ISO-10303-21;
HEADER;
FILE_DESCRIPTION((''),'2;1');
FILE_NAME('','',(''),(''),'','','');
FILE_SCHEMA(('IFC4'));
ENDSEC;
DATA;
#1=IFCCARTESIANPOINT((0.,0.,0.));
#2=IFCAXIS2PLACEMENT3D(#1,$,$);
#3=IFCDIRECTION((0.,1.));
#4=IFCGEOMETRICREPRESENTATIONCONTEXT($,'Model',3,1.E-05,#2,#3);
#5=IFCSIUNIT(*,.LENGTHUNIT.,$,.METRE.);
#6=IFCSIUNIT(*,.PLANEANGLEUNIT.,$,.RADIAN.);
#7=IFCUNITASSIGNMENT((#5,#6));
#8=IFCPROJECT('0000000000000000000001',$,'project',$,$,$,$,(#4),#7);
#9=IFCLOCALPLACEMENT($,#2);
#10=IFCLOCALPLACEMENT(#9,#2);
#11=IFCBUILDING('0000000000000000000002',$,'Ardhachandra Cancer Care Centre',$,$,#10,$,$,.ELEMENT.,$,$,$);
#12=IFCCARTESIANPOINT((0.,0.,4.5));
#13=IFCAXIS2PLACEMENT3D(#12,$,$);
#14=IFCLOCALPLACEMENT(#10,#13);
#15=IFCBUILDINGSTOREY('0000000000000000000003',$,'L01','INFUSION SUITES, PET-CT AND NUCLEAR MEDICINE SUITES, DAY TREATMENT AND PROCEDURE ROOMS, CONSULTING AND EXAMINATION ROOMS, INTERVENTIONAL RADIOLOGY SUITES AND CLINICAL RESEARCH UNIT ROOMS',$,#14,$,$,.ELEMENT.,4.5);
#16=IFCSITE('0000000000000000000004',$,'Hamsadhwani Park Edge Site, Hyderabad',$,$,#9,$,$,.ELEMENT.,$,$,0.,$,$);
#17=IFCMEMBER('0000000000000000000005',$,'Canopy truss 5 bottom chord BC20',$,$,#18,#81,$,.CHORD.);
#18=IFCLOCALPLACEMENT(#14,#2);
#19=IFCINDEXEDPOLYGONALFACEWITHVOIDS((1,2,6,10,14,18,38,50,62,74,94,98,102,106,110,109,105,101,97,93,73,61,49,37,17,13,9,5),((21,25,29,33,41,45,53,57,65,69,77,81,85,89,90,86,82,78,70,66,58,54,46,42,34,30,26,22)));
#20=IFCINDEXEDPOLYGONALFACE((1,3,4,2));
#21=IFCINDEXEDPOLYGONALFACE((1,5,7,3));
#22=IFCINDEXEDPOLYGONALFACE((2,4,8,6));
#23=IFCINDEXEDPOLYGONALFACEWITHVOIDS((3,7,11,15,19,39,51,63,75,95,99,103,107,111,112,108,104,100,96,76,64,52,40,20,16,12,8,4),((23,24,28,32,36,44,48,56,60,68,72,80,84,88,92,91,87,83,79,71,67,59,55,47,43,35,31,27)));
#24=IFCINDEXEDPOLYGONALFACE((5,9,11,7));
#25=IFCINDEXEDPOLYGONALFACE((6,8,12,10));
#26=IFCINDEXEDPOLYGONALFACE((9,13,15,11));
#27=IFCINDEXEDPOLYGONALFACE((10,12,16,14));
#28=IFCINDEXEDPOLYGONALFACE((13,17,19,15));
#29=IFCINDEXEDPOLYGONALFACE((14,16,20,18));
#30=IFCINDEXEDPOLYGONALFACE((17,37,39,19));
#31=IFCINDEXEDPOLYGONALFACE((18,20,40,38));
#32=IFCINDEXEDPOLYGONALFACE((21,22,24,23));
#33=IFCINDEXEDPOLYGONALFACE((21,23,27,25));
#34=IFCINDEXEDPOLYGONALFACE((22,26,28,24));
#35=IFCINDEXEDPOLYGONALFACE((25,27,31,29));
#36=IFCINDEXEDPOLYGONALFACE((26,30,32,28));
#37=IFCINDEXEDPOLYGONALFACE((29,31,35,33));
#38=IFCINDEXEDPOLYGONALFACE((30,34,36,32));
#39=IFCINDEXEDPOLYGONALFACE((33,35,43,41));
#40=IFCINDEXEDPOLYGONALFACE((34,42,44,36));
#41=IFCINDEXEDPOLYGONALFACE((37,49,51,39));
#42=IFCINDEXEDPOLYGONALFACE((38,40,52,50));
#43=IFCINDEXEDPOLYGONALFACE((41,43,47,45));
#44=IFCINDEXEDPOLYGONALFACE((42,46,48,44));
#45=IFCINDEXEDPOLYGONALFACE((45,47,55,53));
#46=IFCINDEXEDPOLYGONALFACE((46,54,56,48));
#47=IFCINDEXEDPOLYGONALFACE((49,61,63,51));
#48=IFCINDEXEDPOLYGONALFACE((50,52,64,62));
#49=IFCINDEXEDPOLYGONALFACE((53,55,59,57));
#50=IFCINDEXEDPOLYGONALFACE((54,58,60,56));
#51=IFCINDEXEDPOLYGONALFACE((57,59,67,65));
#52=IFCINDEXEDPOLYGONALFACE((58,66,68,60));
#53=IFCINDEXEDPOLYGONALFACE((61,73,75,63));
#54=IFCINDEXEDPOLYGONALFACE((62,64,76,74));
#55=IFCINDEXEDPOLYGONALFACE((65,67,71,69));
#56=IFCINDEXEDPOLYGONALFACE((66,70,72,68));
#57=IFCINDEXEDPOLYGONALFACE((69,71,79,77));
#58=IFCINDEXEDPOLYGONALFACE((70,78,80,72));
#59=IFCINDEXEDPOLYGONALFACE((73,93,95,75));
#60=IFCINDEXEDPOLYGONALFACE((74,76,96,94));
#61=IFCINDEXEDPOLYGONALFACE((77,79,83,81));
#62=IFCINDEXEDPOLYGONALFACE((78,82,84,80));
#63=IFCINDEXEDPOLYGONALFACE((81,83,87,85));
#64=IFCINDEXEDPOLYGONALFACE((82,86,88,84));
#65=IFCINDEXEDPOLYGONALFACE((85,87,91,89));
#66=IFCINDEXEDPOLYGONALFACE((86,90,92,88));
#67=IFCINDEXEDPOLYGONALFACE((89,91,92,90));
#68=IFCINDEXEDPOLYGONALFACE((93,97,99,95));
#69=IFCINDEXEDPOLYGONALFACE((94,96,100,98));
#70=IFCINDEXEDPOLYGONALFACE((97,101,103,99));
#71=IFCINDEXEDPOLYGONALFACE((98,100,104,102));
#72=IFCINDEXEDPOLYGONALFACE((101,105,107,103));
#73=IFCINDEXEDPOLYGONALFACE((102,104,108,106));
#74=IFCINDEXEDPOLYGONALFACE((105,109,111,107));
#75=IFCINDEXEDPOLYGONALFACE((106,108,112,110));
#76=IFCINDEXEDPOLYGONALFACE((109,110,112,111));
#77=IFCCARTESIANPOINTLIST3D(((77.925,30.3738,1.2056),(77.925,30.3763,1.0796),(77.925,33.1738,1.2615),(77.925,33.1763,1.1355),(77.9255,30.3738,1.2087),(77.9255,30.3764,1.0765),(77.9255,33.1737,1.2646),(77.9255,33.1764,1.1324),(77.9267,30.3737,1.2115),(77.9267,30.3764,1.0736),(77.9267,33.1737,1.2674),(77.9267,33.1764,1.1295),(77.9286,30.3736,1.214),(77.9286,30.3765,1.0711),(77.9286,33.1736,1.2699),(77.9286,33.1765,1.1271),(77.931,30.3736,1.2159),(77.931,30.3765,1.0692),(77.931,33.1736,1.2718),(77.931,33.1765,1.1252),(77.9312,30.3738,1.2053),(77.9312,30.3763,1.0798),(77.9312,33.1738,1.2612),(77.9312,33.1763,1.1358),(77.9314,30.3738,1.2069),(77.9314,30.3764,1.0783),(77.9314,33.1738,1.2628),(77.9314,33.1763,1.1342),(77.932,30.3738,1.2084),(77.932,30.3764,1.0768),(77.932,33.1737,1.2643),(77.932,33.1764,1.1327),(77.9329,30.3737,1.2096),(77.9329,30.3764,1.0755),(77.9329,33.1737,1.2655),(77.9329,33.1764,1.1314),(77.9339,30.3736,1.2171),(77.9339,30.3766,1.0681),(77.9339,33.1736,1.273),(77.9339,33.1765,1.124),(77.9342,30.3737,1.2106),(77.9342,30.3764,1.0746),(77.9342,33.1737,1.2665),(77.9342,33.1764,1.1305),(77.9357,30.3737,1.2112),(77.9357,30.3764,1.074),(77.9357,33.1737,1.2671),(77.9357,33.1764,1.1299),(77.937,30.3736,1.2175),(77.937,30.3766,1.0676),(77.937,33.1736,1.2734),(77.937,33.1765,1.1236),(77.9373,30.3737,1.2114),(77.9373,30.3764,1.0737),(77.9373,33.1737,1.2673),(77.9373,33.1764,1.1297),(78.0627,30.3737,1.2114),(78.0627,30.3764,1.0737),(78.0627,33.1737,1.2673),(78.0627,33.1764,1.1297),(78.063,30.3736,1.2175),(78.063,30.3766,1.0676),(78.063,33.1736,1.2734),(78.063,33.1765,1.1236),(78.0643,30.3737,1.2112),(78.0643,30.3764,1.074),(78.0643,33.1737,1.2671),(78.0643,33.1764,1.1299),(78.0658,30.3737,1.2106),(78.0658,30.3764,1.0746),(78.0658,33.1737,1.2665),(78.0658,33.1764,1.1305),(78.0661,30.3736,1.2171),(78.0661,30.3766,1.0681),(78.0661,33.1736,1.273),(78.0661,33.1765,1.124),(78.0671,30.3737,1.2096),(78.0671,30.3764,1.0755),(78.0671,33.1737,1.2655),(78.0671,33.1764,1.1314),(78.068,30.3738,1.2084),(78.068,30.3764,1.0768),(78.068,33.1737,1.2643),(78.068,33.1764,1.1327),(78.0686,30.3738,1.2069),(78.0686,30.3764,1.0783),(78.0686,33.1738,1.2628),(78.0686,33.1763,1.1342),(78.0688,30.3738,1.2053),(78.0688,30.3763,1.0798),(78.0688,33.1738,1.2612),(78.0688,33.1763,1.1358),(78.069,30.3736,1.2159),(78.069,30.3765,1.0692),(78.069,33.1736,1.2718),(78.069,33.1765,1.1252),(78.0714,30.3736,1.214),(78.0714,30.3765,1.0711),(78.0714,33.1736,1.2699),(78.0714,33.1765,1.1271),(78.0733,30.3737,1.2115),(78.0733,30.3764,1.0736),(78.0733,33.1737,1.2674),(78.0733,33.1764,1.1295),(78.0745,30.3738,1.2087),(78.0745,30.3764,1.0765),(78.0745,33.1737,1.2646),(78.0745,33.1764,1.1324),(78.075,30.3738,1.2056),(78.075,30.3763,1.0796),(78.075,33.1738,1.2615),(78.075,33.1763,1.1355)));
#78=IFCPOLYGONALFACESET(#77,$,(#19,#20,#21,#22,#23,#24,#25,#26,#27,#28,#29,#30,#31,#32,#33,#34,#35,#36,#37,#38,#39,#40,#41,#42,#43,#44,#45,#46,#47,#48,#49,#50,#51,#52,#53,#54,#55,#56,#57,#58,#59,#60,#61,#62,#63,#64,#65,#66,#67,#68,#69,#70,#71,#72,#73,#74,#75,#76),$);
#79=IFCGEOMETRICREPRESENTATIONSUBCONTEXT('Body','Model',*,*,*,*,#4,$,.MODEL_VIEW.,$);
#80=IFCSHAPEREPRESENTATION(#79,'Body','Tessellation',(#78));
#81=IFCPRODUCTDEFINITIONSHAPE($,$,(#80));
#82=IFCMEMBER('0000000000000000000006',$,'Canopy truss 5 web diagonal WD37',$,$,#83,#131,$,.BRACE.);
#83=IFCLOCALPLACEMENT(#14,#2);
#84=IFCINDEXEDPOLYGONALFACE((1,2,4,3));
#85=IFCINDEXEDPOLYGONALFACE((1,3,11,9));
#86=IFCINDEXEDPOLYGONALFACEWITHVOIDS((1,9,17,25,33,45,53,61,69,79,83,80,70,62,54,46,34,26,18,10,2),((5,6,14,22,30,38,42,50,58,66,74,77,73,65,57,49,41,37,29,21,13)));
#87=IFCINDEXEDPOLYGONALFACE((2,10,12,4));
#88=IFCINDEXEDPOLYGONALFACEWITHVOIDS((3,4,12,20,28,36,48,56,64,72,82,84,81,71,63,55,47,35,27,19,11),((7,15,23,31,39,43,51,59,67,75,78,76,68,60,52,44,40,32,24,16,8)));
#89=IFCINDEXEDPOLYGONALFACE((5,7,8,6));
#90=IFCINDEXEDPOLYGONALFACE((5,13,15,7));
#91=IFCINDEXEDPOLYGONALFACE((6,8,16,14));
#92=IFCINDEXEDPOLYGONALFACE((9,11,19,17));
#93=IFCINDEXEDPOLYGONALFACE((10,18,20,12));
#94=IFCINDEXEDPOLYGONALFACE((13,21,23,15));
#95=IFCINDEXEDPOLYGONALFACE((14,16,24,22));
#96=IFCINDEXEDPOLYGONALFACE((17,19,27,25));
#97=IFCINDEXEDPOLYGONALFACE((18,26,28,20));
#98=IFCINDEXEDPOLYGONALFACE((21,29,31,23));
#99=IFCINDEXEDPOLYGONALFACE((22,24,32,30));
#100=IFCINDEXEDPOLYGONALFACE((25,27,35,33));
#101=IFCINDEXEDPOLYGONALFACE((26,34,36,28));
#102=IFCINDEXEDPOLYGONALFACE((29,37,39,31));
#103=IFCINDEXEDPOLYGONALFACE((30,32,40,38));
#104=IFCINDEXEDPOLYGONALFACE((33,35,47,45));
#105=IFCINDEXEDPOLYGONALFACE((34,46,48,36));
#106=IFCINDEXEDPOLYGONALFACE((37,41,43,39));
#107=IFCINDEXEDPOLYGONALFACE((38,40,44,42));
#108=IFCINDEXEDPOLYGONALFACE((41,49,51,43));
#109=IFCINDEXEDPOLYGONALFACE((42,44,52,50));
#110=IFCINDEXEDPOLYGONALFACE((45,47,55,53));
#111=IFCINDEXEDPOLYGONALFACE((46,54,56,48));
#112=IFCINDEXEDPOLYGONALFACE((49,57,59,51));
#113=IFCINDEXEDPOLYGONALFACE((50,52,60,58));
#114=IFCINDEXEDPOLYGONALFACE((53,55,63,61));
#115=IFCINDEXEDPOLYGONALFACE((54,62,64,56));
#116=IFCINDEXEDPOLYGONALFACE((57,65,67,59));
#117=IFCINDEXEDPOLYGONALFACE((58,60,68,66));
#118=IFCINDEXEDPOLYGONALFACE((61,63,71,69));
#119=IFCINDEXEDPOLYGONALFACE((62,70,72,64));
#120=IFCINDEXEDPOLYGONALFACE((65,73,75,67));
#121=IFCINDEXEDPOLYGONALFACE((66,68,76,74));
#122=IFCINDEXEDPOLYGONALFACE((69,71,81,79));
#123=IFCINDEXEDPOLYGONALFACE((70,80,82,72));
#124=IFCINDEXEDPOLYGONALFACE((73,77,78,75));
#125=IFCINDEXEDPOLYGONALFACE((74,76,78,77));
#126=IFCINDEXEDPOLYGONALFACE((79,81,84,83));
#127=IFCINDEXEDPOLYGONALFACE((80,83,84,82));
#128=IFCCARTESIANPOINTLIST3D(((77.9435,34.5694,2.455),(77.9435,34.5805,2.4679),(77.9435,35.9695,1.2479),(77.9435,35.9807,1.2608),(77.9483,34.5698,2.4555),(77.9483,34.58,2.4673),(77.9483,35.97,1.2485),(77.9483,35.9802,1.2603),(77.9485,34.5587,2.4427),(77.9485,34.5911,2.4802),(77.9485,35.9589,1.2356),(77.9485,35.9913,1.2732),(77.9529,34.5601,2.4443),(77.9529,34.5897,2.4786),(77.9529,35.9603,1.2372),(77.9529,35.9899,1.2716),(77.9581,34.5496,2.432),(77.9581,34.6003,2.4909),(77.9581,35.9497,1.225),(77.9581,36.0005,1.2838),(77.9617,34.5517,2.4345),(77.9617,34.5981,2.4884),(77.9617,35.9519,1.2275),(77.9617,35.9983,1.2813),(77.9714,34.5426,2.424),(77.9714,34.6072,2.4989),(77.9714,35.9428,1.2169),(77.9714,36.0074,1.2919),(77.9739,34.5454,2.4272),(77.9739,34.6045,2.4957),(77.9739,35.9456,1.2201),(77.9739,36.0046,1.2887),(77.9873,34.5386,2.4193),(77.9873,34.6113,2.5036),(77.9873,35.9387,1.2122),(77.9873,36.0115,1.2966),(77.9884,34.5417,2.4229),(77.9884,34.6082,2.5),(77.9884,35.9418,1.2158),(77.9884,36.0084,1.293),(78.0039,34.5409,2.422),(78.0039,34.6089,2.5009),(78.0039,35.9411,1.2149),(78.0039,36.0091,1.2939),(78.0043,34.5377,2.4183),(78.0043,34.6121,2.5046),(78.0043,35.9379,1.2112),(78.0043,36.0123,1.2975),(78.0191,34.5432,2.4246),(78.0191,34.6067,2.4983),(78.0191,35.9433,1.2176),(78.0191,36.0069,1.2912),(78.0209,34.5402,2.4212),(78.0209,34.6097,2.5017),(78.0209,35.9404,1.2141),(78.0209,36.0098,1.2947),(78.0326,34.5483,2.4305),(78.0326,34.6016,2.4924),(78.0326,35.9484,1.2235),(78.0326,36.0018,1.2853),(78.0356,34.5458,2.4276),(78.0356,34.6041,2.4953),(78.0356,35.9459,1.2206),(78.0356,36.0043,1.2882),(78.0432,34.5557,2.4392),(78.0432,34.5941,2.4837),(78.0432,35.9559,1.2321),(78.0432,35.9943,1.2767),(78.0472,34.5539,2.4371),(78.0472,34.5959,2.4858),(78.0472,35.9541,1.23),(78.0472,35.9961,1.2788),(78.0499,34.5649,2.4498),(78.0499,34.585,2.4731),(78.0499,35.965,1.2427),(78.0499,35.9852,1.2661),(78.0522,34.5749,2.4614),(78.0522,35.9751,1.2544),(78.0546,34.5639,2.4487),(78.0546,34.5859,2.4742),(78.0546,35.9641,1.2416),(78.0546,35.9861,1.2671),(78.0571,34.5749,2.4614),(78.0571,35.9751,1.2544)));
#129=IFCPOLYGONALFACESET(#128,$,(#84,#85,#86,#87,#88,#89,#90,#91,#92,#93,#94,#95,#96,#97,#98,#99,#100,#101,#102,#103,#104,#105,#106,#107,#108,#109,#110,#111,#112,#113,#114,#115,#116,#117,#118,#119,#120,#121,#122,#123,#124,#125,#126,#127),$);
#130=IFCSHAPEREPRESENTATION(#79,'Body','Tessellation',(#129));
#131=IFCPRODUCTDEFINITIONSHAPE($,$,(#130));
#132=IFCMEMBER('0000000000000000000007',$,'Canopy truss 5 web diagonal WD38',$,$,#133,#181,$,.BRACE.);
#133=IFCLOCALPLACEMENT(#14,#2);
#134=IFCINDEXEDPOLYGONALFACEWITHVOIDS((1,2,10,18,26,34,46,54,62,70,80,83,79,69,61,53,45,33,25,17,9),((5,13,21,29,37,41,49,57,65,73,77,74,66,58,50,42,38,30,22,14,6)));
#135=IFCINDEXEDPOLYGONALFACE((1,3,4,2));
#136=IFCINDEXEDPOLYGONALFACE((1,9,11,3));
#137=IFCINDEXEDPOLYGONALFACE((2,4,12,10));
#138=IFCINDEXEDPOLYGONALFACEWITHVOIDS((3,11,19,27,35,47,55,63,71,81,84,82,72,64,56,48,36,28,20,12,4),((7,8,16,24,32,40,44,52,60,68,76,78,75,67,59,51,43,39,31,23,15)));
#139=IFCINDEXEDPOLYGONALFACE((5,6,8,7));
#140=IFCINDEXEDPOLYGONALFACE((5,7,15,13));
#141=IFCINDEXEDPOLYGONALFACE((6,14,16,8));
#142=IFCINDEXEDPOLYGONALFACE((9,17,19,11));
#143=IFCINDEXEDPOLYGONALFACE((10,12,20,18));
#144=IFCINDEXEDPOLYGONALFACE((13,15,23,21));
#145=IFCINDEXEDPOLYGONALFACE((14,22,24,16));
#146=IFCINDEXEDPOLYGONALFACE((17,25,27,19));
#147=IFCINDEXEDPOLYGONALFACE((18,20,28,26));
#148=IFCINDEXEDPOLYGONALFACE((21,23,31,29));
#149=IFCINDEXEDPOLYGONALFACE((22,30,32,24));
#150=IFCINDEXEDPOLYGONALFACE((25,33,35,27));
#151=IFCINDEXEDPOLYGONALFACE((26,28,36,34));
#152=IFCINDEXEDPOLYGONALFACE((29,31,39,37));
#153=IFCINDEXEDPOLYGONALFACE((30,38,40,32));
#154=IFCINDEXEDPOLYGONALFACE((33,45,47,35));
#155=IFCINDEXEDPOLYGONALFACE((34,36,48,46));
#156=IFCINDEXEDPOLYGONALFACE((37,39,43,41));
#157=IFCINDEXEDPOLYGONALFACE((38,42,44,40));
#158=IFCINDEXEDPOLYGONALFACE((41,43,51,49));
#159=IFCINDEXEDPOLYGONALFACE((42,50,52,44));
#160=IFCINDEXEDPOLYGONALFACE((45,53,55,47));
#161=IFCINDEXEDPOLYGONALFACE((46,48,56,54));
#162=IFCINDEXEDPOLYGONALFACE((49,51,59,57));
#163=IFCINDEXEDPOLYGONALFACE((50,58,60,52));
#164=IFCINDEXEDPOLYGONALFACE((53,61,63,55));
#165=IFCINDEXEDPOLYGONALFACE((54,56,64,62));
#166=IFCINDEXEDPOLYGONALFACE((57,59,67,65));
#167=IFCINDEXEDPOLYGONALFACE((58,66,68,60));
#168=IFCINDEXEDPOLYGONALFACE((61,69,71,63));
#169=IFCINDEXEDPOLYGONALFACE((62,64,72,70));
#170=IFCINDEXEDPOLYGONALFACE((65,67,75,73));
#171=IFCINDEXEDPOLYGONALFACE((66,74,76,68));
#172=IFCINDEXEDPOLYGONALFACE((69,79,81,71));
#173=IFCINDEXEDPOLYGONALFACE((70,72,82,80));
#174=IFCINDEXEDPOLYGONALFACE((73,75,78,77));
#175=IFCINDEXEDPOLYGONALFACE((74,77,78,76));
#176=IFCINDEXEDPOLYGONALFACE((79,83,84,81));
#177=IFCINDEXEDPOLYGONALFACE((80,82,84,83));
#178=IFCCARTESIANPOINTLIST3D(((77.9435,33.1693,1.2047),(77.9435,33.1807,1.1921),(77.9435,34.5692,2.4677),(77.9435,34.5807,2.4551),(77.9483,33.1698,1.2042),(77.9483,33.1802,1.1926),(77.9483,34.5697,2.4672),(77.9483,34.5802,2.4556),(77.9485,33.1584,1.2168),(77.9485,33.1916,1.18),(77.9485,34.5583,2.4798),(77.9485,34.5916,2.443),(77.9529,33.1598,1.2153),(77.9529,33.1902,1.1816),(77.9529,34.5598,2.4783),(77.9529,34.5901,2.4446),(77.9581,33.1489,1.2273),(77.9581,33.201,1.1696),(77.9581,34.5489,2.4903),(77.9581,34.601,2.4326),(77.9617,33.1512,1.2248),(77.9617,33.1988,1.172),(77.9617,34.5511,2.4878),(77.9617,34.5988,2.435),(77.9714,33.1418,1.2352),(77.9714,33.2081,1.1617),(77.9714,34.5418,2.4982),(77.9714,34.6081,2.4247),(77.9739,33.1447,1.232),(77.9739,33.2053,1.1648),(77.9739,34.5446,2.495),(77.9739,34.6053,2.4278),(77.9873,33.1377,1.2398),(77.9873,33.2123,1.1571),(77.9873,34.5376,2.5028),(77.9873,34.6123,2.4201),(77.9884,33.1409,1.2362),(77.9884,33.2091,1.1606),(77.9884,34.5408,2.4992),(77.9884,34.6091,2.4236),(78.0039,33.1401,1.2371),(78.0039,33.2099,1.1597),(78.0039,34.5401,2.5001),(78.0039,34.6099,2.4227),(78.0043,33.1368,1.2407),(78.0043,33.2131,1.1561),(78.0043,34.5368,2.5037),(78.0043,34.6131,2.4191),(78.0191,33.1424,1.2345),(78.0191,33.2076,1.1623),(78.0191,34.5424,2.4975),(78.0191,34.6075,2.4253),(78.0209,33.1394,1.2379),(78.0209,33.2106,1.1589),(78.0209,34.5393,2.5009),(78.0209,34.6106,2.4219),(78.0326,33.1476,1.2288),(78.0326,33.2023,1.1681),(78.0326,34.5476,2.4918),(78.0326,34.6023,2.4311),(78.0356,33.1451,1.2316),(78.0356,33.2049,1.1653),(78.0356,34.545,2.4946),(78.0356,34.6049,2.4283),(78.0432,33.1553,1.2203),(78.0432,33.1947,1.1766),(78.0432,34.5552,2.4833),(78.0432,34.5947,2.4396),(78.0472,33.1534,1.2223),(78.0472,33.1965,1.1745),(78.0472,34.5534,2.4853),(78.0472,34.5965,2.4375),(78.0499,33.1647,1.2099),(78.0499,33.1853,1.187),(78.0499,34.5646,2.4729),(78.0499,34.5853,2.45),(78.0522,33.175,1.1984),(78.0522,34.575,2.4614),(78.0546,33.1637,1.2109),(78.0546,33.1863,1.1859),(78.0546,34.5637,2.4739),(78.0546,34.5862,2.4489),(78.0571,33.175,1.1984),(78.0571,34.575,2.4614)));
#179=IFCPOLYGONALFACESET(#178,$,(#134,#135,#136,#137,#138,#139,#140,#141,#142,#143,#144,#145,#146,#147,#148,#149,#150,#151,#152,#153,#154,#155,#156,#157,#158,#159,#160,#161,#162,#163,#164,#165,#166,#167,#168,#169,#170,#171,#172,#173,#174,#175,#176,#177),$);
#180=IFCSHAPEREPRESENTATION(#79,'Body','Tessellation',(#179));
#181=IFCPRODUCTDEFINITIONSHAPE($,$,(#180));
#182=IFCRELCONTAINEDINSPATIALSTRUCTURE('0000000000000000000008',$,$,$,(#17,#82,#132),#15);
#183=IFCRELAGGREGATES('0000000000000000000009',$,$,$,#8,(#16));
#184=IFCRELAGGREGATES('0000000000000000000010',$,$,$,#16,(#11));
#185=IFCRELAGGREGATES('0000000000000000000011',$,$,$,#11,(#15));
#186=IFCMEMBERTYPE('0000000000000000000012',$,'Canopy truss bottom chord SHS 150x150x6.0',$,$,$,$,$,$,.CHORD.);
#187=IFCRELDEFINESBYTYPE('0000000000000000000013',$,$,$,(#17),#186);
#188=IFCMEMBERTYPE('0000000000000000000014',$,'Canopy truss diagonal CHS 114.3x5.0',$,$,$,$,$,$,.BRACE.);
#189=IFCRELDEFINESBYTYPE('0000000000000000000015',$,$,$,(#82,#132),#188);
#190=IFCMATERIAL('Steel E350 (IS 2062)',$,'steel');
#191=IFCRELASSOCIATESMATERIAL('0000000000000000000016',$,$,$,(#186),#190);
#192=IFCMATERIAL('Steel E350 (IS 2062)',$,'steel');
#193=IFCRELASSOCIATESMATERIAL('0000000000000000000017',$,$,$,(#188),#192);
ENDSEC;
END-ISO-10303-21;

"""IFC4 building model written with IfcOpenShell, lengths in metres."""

from ifc_helpers import new_model, si_unit, direction, frame, origin, origin_2d, place, context, subcontext, project, spatial, hollow_rectangle, hollow_circle, extrude, material, material_profile, profile_set, type_object, element, save


model = new_model("IFC4")

# Units and contexts
model_context = context("Model", 3, precision=1e-05, world=origin(), true_north=direction((0.0, 1.0)))
body_context = subcontext(model_context, "Body", "Model", "MODEL_VIEW")
ifc_project = project(units=[si_unit("LENGTHUNIT", "METRE"), si_unit("PLANEANGLEUNIT", "RADIAN")], contexts=[model_context])

# Site, building, storey
site_placement = place(None, origin())
site = spatial("IfcSite", under=ifc_project, at=site_placement, Name="Hamsadhwani Park Edge Site, Hyderabad", CompositionType="ELEMENT", RefElevation=0.0)
building_placement = place(site_placement, origin())
building = spatial("IfcBuilding", under=site, at=building_placement, Name="Ardhachandra Cancer Care Centre", CompositionType="ELEMENT")
storey_placement = place(building_placement, frame((0.0, 0.0, 4.5)))
storey = spatial("IfcBuildingStorey", under=building, at=storey_placement, Name="L01", Description="INFUSION SUITES, PET-CT AND NUCLEAR MEDICINE SUITES, DAY TREATMENT AND PROCEDURE ROOMS, CONSULTING AND EXAMINATION ROOMS, INTERVENTIONAL RADIOLOGY SUITES AND CLINICAL RESEARCH UNIT ROOMS", CompositionType="ELEMENT", Elevation=4.5)

# Members
ifc_material_1 = material(Name="Steel E350 (IS 2062)", Category="steel")
ifc_material_profile_1 = material_profile(ifc_material_1, hollow_rectangle(XDim=0.1499, YDim=0.1499, WallThickness=0.0061, InnerFilletRadius=0.0061, OuterFilletRadius=0.012, at=origin_2d()), Name="SHS 150x150x6.0")
ifc_profile_set_1 = profile_set([ifc_material_profile_1], Name="Steel E350 (IS 2062)")
member_type_1 = type_object("IfcMemberType", Name="Canopy truss bottom chord SHS 150x150x6.0", PredefinedType="CHORD", material=ifc_profile_set_1)
for number, where, z_axis, x_axis, name in (
    (1, (78.0, 33.175, 1.1985), (0.0, -0.999801, -0.019963), (1.0, 0.0, 0.0), "Canopy truss 5 bottom chord BC20"),
):
    element("IfcMember", number, at=place(storey_placement, frame(where, z_axis=z_axis, x_axis=x_axis)), inside=storey, type_object=member_type_1, Name=name, PredefinedType="CHORD", context=body_context, shape_type="SweptSolid", body=[
        extrude(hollow_rectangle(XDim=0.1499, YDim=0.1499, WallThickness=0.0061, InnerFilletRadius=0.0061, OuterFilletRadius=0.012, at=origin_2d()), origin(), (0.0, 0.0, 1.0), 2.8005),
    ])
ifc_material_2 = material(Name="Steel E350 (IS 2062)", Category="steel")
ifc_material_profile_2 = material_profile(ifc_material_2, hollow_circle(Radius=0.0571, WallThickness=0.0049, at=origin_2d()), Name="CHS 114.3x5.0")
ifc_profile_set_2 = profile_set([ifc_material_profile_2], Name="Steel E350 (IS 2062)")
member_type_2 = type_object("IfcMemberType", Name="Canopy truss diagonal CHS 114.3x5.0", PredefinedType="BRACE", material=ifc_profile_set_2)
member_1_placement = place(storey_placement, frame((78.0, 35.9751, 1.2544), z_axis=(0.0, -0.757408, 0.652942), x_axis=(1.0, 0.0, 0.0)))
element("IfcMember", 2, at=member_1_placement, inside=storey, type_object=member_type_2, Name="Canopy truss 5 web diagonal WD37", PredefinedType="BRACE", context=body_context, shape_type="SweptSolid", body=[
    extrude(hollow_circle(Radius=0.0571, WallThickness=0.0049, at=origin_2d()), origin(), (0.0, 0.0, 1.0), 1.8486),
])
member_2_placement = place(storey_placement, frame((78.0, 34.575, 2.4614), z_axis=(0.0, -0.742495, -0.669851), x_axis=(1.0, 0.0, 0.0)))
element("IfcMember", 3, at=member_2_placement, inside=storey, type_object=member_type_2, Name="Canopy truss 5 web diagonal WD38", PredefinedType="BRACE", context=body_context, shape_type="SweptSolid", body=[
    extrude(hollow_circle(Radius=0.0571, WallThickness=0.0049, at=origin_2d()), origin(), (0.0, 0.0, 1.0), 1.8855),
])

save(model, "model.ifc")
